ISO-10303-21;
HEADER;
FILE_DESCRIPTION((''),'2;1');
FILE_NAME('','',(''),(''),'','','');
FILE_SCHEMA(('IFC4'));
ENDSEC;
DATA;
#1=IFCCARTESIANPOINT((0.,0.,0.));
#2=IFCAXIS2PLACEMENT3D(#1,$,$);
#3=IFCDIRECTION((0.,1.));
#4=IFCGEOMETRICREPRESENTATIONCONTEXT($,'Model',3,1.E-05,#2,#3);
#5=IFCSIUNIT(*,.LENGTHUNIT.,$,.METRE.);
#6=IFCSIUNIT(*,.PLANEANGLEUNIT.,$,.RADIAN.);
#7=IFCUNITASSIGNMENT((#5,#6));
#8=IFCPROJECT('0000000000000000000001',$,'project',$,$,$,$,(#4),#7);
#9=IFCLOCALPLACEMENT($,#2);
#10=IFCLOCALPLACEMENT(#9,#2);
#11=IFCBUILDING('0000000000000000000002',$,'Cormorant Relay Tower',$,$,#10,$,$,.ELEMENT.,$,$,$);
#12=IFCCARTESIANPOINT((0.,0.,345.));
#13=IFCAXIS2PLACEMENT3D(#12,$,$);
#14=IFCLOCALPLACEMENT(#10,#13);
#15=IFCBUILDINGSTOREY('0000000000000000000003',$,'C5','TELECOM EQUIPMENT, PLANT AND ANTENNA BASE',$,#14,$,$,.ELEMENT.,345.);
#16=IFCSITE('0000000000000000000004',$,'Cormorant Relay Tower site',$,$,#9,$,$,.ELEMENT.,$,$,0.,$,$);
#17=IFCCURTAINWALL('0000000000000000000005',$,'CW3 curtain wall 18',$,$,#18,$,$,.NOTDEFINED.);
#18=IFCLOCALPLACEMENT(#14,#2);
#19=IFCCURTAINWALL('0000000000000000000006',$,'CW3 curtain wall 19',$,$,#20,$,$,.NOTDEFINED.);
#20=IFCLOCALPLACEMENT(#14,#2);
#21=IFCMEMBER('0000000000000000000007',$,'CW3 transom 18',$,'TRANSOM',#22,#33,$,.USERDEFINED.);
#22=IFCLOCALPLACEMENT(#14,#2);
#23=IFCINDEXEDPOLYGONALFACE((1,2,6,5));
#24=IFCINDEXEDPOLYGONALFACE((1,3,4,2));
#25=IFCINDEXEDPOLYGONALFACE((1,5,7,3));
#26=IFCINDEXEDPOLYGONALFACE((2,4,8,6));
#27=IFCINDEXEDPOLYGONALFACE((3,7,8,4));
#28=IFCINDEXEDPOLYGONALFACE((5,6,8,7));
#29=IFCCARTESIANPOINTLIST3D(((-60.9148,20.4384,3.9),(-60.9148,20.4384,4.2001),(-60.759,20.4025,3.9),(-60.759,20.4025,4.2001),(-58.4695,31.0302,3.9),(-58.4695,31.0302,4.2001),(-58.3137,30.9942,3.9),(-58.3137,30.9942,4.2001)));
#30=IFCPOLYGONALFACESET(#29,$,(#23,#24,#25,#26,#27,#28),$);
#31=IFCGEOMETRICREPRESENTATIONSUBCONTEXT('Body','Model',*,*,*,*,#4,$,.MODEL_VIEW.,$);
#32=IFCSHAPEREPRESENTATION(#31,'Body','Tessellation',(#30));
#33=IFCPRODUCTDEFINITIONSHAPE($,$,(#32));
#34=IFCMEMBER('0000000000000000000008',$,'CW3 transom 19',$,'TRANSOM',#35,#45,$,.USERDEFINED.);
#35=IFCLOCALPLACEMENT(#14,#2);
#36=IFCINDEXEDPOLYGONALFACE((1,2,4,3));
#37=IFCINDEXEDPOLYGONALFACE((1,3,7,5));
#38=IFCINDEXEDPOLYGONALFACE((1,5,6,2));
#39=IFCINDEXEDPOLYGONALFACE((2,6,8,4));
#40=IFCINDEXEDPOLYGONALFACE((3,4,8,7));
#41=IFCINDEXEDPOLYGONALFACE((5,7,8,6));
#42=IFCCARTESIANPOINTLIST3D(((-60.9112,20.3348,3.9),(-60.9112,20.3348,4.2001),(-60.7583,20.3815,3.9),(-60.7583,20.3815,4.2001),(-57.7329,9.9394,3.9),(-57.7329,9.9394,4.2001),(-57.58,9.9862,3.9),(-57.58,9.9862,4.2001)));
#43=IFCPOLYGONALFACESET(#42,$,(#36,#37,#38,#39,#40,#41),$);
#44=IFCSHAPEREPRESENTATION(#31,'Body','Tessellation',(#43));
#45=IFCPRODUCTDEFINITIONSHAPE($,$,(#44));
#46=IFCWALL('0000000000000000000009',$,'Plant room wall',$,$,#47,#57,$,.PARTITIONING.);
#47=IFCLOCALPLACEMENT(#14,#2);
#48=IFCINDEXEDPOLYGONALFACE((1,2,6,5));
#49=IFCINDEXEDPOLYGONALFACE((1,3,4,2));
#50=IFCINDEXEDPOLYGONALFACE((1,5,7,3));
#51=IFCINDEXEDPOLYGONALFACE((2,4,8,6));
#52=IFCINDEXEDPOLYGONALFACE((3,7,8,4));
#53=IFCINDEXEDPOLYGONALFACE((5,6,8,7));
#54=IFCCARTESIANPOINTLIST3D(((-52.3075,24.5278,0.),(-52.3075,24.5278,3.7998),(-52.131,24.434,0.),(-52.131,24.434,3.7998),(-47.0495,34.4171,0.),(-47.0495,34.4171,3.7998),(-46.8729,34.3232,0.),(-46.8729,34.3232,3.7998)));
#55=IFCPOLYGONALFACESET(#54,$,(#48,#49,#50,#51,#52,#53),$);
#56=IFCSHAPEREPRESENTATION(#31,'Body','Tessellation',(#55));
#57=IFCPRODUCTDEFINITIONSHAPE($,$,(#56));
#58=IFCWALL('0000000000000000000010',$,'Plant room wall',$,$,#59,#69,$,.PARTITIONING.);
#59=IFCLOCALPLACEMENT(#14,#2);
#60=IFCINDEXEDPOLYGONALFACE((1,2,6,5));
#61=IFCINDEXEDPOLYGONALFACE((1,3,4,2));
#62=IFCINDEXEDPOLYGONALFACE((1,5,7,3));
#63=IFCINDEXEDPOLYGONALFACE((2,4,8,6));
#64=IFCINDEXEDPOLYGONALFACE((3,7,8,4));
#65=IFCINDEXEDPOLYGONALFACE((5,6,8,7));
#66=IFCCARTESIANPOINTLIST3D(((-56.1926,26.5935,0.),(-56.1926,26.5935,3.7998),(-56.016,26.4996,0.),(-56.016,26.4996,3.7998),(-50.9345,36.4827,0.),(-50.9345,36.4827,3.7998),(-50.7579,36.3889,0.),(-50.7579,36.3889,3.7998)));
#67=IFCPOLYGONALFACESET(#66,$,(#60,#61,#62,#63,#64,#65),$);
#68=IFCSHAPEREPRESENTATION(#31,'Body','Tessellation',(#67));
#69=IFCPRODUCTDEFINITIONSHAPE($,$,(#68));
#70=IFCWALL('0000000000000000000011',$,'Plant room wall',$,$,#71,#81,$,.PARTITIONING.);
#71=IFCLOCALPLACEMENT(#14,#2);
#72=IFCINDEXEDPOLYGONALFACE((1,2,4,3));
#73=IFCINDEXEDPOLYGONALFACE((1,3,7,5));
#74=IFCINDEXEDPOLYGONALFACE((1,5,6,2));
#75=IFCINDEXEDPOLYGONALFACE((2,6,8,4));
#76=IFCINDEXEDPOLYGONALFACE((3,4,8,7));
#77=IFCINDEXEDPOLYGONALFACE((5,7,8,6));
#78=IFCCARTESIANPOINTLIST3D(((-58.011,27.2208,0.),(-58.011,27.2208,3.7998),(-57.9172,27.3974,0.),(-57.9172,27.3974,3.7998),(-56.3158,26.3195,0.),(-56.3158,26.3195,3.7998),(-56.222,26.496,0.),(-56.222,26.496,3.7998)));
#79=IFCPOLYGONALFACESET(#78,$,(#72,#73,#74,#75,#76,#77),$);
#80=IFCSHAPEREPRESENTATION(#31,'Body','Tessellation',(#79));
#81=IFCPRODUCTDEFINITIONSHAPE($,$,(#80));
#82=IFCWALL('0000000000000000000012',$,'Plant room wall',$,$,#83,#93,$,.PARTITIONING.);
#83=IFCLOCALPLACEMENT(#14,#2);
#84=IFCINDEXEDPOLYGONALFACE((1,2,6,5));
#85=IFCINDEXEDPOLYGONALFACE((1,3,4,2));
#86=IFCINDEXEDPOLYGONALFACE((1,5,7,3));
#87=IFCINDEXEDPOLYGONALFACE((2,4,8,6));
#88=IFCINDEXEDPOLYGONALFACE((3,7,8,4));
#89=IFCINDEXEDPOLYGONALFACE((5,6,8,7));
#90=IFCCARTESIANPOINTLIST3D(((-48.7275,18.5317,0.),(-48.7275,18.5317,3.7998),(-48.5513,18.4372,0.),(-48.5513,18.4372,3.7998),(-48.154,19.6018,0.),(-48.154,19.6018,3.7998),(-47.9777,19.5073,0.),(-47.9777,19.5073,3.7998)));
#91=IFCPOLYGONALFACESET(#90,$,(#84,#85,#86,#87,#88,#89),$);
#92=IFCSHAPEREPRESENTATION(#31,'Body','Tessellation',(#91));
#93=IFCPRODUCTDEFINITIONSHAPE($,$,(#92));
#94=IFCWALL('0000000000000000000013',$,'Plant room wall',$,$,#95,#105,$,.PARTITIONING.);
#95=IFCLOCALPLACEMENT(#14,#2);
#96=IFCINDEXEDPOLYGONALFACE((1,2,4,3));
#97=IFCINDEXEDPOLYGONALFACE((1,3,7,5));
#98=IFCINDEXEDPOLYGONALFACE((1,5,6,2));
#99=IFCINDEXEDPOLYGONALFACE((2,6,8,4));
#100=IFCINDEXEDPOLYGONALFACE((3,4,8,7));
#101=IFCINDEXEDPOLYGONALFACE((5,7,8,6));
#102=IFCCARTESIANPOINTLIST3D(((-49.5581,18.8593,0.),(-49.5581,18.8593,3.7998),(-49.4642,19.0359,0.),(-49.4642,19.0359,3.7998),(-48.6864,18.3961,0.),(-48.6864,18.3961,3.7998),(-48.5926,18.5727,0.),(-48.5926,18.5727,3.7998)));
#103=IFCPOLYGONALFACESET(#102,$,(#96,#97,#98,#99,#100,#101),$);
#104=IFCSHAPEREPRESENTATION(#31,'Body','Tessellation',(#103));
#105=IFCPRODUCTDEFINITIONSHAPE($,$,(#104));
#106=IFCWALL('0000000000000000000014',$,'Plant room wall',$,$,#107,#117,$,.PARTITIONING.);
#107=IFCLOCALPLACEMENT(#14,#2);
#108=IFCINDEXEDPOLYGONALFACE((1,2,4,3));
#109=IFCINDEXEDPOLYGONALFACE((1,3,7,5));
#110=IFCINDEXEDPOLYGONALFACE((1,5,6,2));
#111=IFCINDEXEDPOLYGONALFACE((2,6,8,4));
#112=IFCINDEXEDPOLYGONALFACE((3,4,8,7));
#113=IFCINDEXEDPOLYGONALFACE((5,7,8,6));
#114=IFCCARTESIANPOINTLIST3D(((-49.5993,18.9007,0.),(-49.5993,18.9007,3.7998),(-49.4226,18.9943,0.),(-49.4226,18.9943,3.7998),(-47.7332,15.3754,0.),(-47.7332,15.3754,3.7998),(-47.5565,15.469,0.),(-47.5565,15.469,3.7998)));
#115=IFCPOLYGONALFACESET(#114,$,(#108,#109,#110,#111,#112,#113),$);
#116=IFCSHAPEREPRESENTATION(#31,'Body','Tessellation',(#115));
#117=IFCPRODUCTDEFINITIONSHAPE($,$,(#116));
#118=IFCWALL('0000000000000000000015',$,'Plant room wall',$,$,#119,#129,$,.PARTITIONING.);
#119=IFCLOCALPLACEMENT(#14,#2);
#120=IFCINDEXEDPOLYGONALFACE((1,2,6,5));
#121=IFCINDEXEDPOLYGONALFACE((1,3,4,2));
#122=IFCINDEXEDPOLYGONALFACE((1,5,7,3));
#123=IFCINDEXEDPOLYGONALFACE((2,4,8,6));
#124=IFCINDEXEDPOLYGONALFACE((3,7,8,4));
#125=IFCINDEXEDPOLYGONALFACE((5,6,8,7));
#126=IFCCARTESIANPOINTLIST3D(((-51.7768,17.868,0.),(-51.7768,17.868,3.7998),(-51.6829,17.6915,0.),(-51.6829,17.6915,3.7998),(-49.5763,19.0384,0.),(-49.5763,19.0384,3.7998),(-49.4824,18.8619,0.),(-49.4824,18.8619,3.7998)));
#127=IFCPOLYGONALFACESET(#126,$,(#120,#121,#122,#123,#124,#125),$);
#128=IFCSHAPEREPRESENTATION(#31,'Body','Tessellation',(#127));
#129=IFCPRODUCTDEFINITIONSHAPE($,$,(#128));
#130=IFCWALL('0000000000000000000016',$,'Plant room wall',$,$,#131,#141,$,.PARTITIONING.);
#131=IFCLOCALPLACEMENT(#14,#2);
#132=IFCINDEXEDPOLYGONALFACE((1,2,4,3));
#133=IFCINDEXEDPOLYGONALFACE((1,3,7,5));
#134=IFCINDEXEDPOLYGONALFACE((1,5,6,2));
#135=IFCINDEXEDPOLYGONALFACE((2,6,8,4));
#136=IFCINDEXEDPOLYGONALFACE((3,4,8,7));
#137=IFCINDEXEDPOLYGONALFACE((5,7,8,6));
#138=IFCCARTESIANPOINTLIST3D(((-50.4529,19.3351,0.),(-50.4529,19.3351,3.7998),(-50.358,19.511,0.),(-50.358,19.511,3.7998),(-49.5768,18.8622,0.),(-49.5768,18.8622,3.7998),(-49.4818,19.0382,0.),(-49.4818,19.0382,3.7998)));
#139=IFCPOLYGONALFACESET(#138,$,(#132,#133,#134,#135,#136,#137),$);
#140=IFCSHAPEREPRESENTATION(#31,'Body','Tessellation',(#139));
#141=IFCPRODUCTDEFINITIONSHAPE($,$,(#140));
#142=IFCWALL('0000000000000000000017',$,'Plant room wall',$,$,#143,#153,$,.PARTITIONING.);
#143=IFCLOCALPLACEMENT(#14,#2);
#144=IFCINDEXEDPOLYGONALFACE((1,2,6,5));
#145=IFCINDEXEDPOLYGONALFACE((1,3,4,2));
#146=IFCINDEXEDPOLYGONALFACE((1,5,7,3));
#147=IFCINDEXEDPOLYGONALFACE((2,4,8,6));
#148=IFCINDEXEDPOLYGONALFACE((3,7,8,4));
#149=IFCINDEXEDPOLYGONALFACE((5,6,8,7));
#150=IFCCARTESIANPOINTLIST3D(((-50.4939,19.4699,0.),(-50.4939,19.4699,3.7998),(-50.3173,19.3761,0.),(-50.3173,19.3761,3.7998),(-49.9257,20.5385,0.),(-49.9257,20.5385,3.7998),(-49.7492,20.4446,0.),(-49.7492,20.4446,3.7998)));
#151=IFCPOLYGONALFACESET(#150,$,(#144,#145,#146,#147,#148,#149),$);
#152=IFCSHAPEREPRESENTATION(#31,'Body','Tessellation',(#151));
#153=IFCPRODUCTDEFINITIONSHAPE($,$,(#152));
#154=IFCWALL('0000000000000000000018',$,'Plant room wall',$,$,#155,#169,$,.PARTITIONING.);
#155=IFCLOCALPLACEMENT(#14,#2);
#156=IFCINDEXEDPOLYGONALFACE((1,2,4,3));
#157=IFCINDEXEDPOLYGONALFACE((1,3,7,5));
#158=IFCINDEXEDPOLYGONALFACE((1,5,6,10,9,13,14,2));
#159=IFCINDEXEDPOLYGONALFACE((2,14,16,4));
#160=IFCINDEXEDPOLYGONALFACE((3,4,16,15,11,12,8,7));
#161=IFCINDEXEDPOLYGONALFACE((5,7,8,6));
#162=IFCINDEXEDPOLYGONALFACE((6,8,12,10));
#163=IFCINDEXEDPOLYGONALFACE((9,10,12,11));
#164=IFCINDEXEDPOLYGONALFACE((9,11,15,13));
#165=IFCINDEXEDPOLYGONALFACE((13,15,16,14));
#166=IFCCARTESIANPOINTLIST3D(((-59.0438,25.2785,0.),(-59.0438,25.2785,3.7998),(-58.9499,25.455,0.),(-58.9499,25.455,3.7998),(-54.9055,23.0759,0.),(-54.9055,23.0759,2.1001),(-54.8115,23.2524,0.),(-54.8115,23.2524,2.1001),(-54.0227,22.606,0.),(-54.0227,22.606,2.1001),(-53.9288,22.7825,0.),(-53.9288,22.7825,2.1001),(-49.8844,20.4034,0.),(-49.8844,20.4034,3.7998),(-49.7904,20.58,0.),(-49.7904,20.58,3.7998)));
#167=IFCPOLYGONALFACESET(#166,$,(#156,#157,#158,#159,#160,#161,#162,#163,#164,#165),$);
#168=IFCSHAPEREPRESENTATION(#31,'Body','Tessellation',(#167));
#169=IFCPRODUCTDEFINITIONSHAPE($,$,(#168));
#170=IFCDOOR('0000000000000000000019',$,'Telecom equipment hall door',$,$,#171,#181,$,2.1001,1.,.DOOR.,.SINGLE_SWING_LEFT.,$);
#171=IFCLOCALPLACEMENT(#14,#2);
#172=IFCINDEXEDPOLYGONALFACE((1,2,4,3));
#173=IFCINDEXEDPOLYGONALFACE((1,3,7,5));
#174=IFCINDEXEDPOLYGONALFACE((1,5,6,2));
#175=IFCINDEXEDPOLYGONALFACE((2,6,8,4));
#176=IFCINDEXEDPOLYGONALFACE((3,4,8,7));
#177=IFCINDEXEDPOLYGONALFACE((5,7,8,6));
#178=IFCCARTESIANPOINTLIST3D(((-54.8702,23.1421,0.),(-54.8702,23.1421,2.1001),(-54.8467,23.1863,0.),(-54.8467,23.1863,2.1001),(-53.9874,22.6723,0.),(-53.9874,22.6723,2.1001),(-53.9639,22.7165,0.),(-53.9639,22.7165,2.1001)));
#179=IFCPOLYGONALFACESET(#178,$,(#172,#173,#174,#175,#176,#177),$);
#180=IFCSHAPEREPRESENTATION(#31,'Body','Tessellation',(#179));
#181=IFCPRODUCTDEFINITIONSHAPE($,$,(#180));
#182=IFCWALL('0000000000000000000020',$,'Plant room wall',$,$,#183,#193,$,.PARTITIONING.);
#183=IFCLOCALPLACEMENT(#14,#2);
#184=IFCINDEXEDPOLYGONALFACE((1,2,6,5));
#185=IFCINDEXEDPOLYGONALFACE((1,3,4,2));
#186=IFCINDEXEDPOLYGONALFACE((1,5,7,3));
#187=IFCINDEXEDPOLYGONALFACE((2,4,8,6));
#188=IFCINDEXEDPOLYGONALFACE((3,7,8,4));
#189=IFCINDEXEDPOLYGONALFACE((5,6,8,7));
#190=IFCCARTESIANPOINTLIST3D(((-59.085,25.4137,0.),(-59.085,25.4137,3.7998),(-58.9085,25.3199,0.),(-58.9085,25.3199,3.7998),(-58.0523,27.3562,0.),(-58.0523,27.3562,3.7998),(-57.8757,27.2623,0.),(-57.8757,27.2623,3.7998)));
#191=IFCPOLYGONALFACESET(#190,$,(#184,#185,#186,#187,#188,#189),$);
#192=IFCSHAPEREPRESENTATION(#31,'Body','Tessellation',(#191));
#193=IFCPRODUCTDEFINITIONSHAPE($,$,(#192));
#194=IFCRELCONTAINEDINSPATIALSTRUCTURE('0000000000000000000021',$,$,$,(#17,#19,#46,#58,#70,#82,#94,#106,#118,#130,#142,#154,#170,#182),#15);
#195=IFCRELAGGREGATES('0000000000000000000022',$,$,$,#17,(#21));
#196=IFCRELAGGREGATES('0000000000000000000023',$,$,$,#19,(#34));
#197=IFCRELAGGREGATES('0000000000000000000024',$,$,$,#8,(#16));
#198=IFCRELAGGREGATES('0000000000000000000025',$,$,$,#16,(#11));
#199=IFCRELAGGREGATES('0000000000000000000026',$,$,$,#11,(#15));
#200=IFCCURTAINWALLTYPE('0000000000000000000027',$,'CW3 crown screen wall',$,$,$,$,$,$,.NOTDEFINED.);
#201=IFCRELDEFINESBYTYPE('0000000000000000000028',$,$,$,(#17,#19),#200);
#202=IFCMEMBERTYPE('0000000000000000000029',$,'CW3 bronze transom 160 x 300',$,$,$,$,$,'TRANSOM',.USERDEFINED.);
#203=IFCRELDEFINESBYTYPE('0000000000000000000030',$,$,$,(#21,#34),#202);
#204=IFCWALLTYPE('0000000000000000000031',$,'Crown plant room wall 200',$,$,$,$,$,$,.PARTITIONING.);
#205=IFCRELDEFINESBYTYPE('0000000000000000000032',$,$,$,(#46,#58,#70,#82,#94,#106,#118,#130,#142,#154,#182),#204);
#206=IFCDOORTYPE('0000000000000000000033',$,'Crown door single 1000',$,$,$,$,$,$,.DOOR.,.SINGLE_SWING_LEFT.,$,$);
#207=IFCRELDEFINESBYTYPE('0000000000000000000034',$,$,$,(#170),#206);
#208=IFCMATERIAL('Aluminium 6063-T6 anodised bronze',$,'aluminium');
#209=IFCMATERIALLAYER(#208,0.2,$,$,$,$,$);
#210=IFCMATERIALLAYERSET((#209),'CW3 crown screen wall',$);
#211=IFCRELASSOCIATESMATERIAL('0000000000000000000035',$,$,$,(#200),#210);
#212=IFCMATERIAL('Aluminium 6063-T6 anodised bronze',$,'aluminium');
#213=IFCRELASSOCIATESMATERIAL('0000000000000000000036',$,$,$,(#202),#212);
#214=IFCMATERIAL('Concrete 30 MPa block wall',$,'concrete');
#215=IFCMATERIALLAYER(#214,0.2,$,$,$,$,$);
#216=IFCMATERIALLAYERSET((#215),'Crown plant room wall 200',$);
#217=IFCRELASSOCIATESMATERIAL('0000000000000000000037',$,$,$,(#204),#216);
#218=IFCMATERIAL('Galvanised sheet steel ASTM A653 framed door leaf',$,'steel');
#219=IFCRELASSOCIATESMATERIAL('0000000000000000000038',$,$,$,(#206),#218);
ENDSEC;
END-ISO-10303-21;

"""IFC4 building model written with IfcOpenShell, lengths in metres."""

from ifc_helpers import new_model, si_unit, direction, frame, frame_2d, origin, origin_2d, place, context, subcontext, project, spatial, rectangle, extrude, material, layer, layer_set, material_profile, profile_set, type_object, element, fill, aggregate, save


model = new_model("IFC4")

# Units and contexts
model_context = context("Model", 3, precision=1e-05, world=origin(), true_north=direction((0.0, 1.0)))
body_context = subcontext(model_context, "Body", "Model", "MODEL_VIEW")
ifc_project = project(units=[si_unit("LENGTHUNIT", "METRE"), si_unit("PLANEANGLEUNIT", "RADIAN")], contexts=[model_context])

# Site, building, storey
site_placement = place(None, origin())
site = spatial("IfcSite", under=ifc_project, at=site_placement, Name="Cormorant Relay Tower site", CompositionType="ELEMENT", RefElevation=0.0)
building_placement = place(site_placement, origin())
building = spatial("IfcBuilding", under=site, at=building_placement, Name="Cormorant Relay Tower", CompositionType="ELEMENT")
storey_placement = place(building_placement, frame((0.0, 0.0, 345.0)))
storey = spatial("IfcBuildingStorey", under=building, at=storey_placement, Name="C5", Description="TELECOM EQUIPMENT, PLANT AND ANTENNA BASE", CompositionType="ELEMENT", Elevation=345.0)

# Curtain walls
ifc_material_1 = material(Name="Aluminium 6063-T6 anodised bronze", Category="aluminium")
ifc_layer_1 = layer(ifc_material_1, 0.2)
ifc_layer_set_1 = layer_set([ifc_layer_1], Name="CW3 crown screen wall")
curtain_wall_type = type_object("IfcCurtainWallType", Name="CW3 crown screen wall", PredefinedType="NOTDEFINED", material=ifc_layer_set_1)
curtain_wall_1_placement = place(storey_placement, origin())
curtain_wall_1 = element("IfcCurtainWall", 1, at=curtain_wall_1_placement, inside=storey, type_object=curtain_wall_type, Name="CW3 curtain wall 18", PredefinedType="NOTDEFINED")
curtain_wall_2_placement = place(storey_placement, origin())
curtain_wall_2 = element("IfcCurtainWall", 2, at=curtain_wall_2_placement, inside=storey, type_object=curtain_wall_type, Name="CW3 curtain wall 19", PredefinedType="NOTDEFINED")

# Members
ifc_material_2 = material(Name="Aluminium 6063-T6 anodised bronze", Category="aluminium")
ifc_material_profile_1 = material_profile(ifc_material_2, rectangle(XDim=0.1599, YDim=0.3, at=origin_2d()), Name="AL 160x300")
ifc_profile_set_1 = profile_set([ifc_material_profile_1], Name="Aluminium 6063-T6 anodised bronze")
member_type_1 = type_object("IfcMemberType", Name="CW3 bronze transom 160 x 300", ElementType="TRANSOM", PredefinedType="USERDEFINED", material=ifc_profile_set_1)
member_1_placement = place(storey_placement, frame((-58.3916, 31.0122, 4.05), z_axis=(-0.224951, -0.97437, 0.0), x_axis=(0.97437, -0.224951, 0.0)))
member_1 = element("IfcMember", 3, at=member_1_placement, type_object=member_type_1, Name="CW3 transom 18", ObjectType="TRANSOM", PredefinedType="USERDEFINED", context=body_context, shape_type="SweptSolid", body=[
    extrude(rectangle(XDim=0.1599, YDim=0.3, at=origin_2d()), origin(), (0.0, 0.0, 1.0), 10.8704),
])
member_2_placement = place(storey_placement, frame((-60.8347, 20.3582, 4.05), z_axis=(0.292378, -0.956303, 0.0), x_axis=(0.956303, 0.292378, 0.0)))
member_2 = element("IfcMember", 4, at=member_2_placement, type_object=member_type_1, Name="CW3 transom 19", ObjectType="TRANSOM", PredefinedType="USERDEFINED", context=body_context, shape_type="SweptSolid", body=[
    extrude(rectangle(XDim=0.1599, YDim=0.3, at=origin_2d()), origin(), (0.0, 0.0, 1.0), 10.8704),
])

# Walls
ifc_material_3 = material(Name="Concrete 30 MPa block wall", Category="concrete")
ifc_layer_2 = layer(ifc_material_3, 0.2)
ifc_layer_set_2 = layer_set([ifc_layer_2], Name="Crown plant room wall 200")
wall_type_1 = type_object("IfcWallType", Name="Crown plant room wall 200", PredefinedType="PARTITIONING", material=ifc_layer_set_2)
for number, where, z_axis, x_axis, name in (
    (5, (-46.9612, 34.3701, 0.0), (0.0, 0.0, 1.0), (-0.469464, -0.882951, 0.0), "Plant room wall"),
    (6, (-50.8462, 36.4358, 0.0), (0.0, 0.0, 1.0), (-0.469464, -0.882951, 0.0), "Plant room wall"),
):
    element("IfcWall", number, at=place(storey_placement, frame(where, z_axis=z_axis, x_axis=x_axis)), inside=storey, type_object=wall_type_1, Name=name, PredefinedType="PARTITIONING", context=body_context, shape_type="SweptSolid", body=[
        extrude(rectangle(XDim=11.2002, YDim=0.2, at=frame_2d((5.6001, 0.0))), origin(), (0.0, 0.0, 1.0), 3.7998),
    ])
wall_1_placement = place(storey_placement, frame((-57.9641, 27.3091, 0.0), z_axis=(0.0, 0.0, 1.0), x_axis=(0.882958, -0.469453, 0.0)))
element("IfcWall", 7, at=wall_1_placement, inside=storey, type_object=wall_type_1, Name="Plant room wall", PredefinedType="PARTITIONING", context=body_context, shape_type="SweptSolid", body=[
    extrude(rectangle(XDim=1.9199, YDim=0.2, at=frame_2d((0.96, 0.0))), origin(), (0.0, 0.0, 1.0), 3.7998),
])
wall_2_placement = place(storey_placement, frame((-48.0659, 19.5544, 0.0), z_axis=(0.0, 0.0, 1.0), x_axis=(-0.472372, -0.881399, 0.0)))
element("IfcWall", 8, at=wall_2_placement, inside=storey, type_object=wall_type_1, Name="Plant room wall", PredefinedType="PARTITIONING", context=body_context, shape_type="SweptSolid", body=[
    extrude(rectangle(XDim=1.2141, YDim=0.2, at=frame_2d((0.6069, 0.0))), origin(), (0.0, 0.0, 1.0), 3.7998),
])
wall_3_placement = place(storey_placement, frame((-48.6394, 18.4844, 0.0), z_axis=(0.0, 0.0, 1.0), x_axis=(-0.883071, 0.46924, 0.0)))
element("IfcWall", 9, at=wall_3_placement, inside=storey, type_object=wall_type_1, Name="Plant room wall", PredefinedType="PARTITIONING", context=body_context, shape_type="SweptSolid", body=[
    extrude(rectangle(XDim=0.9871, YDim=0.2, at=frame_2d((0.4937, 0.0))), origin(), (0.0, 0.0, 1.0), 3.7998),
])
wall_4_placement = place(storey_placement, frame((-49.511, 18.9475, 0.0), z_axis=(0.0, 0.0, 1.0), x_axis=(0.467854, -0.883806, 0.0)))
element("IfcWall", 10, at=wall_4_placement, inside=storey, type_object=wall_type_1, Name="Plant room wall", PredefinedType="PARTITIONING", context=body_context, shape_type="SweptSolid", body=[
    extrude(rectangle(XDim=3.9888, YDim=0.2, at=frame_2d((1.9944, 0.0))), origin(), (0.0, 0.0, 1.0), 3.7998),
])
wall_5_placement = place(storey_placement, frame((-51.7297, 17.7798, 0.0), z_axis=(0.0, 0.0, 1.0), x_axis=(0.882878, 0.469602, 0.0)))
element("IfcWall", 11, at=wall_5_placement, inside=storey, type_object=wall_type_1, Name="Plant room wall", PredefinedType="PARTITIONING", context=body_context, shape_type="SweptSolid", body=[
    extrude(rectangle(XDim=2.4924, YDim=0.2, at=frame_2d((1.2461, 0.0))), origin(), (0.0, 0.0, 1.0), 3.7998),
])
wall_6_placement = place(storey_placement, frame((-49.5293, 18.9502, 0.0), z_axis=(0.0, 0.0, 1.0), x_axis=(-0.880014, 0.474948, 0.0)))
element("IfcWall", 12, at=wall_6_placement, inside=storey, type_object=wall_type_1, Name="Plant room wall", PredefinedType="PARTITIONING", context=body_context, shape_type="SweptSolid", body=[
    extrude(rectangle(XDim=0.9956, YDim=0.2, at=frame_2d((0.4978, 0.0))), origin(), (0.0, 0.0, 1.0), 3.7998),
])
wall_7_placement = place(storey_placement, frame((-50.4055, 19.4231, 0.0), z_axis=(0.0, 0.0, 1.0), x_axis=(0.469426, 0.882972, 0.0)))
element("IfcWall", 13, at=wall_7_placement, inside=storey, type_object=wall_type_1, Name="Plant room wall", PredefinedType="PARTITIONING", context=body_context, shape_type="SweptSolid", body=[
    extrude(rectangle(XDim=1.2102, YDim=0.2, at=frame_2d((0.605, 0.0))), origin(), (0.0, 0.0, 1.0), 3.7998),
])

# Wall, opening, door
wall_8_placement = place(storey_placement, frame((-49.8374, 20.4917, 0.0), z_axis=(0.0, 0.0, 1.0), x_axis=(-0.882754, 0.469836, 0.0)))
wall_8 = element("IfcWall", 14, at=wall_8_placement, inside=storey, type_object=wall_type_1, Name="Plant room wall", PredefinedType="PARTITIONING", context=body_context, shape_type="SweptSolid", body=[
    extrude(rectangle(XDim=10.376, YDim=0.2, at=frame_2d((5.188, 0.0))), origin(), (0.0, 0.0, 1.0), 3.7998),
])
opening_placement = place(wall_8_placement, frame((4.688, 0.0, 0.0)))
opening = element("IfcOpeningElement", 15, at=opening_placement, cuts=wall_8, PredefinedType="OPENING", context=body_context, shape_type="SweptSolid", body=[
    extrude(rectangle(XDim=1.0, YDim=2.1001, at=frame_2d((0.5, 1.05))), frame((0.0, 0.1099, 0.0), z_axis=(0.0, -1.0, 0.0), x_axis=(1.0, 0.0, 0.0)), (0.0, 0.0, 1.0), 0.22),
])
ifc_material_4 = material(Name="Galvanised sheet steel ASTM A653 framed door leaf", Category="steel")
door_type = type_object("IfcDoorType", Name="Crown door single 1000", OperationType="SINGLE_SWING_LEFT", PredefinedType="DOOR", material=ifc_material_4)
door_placement = place(opening_placement, origin())
door = element("IfcDoor", 16, at=door_placement, inside=storey, type_object=door_type, Name="Telecom equipment hall door", OperationType="SINGLE_SWING_LEFT", OverallHeight=2.1001, OverallWidth=1.0, PredefinedType="DOOR", context=body_context, shape_type="SweptSolid", body=[
    extrude(rectangle(XDim=1.0, YDim=2.1001, at=frame_2d((0.5, 1.05))), frame((0.0, 0.0249, 0.0), z_axis=(0.0, -1.0, 0.0), x_axis=(1.0, 0.0, 0.0)), (0.0, 0.0, 1.0), 0.05),
])
fill(opening, door)

# Wall
wall_9_placement = place(storey_placement, frame((-58.9968, 25.3667, 0.0), z_axis=(0.0, 0.0, 1.0), x_axis=(0.469447, 0.88296, 0.0)))
element("IfcWall", 17, at=wall_9_placement, inside=storey, type_object=wall_type_1, Name="Plant room wall", PredefinedType="PARTITIONING", context=body_context, shape_type="SweptSolid", body=[
    extrude(rectangle(XDim=2.2, YDim=0.2, at=frame_2d((1.1001, 0.0))), origin(), (0.0, 0.0, 1.0), 3.7998),
])

aggregate(curtain_wall_1, [member_1])
aggregate(curtain_wall_2, [member_2])

save(model, "model.ifc")
